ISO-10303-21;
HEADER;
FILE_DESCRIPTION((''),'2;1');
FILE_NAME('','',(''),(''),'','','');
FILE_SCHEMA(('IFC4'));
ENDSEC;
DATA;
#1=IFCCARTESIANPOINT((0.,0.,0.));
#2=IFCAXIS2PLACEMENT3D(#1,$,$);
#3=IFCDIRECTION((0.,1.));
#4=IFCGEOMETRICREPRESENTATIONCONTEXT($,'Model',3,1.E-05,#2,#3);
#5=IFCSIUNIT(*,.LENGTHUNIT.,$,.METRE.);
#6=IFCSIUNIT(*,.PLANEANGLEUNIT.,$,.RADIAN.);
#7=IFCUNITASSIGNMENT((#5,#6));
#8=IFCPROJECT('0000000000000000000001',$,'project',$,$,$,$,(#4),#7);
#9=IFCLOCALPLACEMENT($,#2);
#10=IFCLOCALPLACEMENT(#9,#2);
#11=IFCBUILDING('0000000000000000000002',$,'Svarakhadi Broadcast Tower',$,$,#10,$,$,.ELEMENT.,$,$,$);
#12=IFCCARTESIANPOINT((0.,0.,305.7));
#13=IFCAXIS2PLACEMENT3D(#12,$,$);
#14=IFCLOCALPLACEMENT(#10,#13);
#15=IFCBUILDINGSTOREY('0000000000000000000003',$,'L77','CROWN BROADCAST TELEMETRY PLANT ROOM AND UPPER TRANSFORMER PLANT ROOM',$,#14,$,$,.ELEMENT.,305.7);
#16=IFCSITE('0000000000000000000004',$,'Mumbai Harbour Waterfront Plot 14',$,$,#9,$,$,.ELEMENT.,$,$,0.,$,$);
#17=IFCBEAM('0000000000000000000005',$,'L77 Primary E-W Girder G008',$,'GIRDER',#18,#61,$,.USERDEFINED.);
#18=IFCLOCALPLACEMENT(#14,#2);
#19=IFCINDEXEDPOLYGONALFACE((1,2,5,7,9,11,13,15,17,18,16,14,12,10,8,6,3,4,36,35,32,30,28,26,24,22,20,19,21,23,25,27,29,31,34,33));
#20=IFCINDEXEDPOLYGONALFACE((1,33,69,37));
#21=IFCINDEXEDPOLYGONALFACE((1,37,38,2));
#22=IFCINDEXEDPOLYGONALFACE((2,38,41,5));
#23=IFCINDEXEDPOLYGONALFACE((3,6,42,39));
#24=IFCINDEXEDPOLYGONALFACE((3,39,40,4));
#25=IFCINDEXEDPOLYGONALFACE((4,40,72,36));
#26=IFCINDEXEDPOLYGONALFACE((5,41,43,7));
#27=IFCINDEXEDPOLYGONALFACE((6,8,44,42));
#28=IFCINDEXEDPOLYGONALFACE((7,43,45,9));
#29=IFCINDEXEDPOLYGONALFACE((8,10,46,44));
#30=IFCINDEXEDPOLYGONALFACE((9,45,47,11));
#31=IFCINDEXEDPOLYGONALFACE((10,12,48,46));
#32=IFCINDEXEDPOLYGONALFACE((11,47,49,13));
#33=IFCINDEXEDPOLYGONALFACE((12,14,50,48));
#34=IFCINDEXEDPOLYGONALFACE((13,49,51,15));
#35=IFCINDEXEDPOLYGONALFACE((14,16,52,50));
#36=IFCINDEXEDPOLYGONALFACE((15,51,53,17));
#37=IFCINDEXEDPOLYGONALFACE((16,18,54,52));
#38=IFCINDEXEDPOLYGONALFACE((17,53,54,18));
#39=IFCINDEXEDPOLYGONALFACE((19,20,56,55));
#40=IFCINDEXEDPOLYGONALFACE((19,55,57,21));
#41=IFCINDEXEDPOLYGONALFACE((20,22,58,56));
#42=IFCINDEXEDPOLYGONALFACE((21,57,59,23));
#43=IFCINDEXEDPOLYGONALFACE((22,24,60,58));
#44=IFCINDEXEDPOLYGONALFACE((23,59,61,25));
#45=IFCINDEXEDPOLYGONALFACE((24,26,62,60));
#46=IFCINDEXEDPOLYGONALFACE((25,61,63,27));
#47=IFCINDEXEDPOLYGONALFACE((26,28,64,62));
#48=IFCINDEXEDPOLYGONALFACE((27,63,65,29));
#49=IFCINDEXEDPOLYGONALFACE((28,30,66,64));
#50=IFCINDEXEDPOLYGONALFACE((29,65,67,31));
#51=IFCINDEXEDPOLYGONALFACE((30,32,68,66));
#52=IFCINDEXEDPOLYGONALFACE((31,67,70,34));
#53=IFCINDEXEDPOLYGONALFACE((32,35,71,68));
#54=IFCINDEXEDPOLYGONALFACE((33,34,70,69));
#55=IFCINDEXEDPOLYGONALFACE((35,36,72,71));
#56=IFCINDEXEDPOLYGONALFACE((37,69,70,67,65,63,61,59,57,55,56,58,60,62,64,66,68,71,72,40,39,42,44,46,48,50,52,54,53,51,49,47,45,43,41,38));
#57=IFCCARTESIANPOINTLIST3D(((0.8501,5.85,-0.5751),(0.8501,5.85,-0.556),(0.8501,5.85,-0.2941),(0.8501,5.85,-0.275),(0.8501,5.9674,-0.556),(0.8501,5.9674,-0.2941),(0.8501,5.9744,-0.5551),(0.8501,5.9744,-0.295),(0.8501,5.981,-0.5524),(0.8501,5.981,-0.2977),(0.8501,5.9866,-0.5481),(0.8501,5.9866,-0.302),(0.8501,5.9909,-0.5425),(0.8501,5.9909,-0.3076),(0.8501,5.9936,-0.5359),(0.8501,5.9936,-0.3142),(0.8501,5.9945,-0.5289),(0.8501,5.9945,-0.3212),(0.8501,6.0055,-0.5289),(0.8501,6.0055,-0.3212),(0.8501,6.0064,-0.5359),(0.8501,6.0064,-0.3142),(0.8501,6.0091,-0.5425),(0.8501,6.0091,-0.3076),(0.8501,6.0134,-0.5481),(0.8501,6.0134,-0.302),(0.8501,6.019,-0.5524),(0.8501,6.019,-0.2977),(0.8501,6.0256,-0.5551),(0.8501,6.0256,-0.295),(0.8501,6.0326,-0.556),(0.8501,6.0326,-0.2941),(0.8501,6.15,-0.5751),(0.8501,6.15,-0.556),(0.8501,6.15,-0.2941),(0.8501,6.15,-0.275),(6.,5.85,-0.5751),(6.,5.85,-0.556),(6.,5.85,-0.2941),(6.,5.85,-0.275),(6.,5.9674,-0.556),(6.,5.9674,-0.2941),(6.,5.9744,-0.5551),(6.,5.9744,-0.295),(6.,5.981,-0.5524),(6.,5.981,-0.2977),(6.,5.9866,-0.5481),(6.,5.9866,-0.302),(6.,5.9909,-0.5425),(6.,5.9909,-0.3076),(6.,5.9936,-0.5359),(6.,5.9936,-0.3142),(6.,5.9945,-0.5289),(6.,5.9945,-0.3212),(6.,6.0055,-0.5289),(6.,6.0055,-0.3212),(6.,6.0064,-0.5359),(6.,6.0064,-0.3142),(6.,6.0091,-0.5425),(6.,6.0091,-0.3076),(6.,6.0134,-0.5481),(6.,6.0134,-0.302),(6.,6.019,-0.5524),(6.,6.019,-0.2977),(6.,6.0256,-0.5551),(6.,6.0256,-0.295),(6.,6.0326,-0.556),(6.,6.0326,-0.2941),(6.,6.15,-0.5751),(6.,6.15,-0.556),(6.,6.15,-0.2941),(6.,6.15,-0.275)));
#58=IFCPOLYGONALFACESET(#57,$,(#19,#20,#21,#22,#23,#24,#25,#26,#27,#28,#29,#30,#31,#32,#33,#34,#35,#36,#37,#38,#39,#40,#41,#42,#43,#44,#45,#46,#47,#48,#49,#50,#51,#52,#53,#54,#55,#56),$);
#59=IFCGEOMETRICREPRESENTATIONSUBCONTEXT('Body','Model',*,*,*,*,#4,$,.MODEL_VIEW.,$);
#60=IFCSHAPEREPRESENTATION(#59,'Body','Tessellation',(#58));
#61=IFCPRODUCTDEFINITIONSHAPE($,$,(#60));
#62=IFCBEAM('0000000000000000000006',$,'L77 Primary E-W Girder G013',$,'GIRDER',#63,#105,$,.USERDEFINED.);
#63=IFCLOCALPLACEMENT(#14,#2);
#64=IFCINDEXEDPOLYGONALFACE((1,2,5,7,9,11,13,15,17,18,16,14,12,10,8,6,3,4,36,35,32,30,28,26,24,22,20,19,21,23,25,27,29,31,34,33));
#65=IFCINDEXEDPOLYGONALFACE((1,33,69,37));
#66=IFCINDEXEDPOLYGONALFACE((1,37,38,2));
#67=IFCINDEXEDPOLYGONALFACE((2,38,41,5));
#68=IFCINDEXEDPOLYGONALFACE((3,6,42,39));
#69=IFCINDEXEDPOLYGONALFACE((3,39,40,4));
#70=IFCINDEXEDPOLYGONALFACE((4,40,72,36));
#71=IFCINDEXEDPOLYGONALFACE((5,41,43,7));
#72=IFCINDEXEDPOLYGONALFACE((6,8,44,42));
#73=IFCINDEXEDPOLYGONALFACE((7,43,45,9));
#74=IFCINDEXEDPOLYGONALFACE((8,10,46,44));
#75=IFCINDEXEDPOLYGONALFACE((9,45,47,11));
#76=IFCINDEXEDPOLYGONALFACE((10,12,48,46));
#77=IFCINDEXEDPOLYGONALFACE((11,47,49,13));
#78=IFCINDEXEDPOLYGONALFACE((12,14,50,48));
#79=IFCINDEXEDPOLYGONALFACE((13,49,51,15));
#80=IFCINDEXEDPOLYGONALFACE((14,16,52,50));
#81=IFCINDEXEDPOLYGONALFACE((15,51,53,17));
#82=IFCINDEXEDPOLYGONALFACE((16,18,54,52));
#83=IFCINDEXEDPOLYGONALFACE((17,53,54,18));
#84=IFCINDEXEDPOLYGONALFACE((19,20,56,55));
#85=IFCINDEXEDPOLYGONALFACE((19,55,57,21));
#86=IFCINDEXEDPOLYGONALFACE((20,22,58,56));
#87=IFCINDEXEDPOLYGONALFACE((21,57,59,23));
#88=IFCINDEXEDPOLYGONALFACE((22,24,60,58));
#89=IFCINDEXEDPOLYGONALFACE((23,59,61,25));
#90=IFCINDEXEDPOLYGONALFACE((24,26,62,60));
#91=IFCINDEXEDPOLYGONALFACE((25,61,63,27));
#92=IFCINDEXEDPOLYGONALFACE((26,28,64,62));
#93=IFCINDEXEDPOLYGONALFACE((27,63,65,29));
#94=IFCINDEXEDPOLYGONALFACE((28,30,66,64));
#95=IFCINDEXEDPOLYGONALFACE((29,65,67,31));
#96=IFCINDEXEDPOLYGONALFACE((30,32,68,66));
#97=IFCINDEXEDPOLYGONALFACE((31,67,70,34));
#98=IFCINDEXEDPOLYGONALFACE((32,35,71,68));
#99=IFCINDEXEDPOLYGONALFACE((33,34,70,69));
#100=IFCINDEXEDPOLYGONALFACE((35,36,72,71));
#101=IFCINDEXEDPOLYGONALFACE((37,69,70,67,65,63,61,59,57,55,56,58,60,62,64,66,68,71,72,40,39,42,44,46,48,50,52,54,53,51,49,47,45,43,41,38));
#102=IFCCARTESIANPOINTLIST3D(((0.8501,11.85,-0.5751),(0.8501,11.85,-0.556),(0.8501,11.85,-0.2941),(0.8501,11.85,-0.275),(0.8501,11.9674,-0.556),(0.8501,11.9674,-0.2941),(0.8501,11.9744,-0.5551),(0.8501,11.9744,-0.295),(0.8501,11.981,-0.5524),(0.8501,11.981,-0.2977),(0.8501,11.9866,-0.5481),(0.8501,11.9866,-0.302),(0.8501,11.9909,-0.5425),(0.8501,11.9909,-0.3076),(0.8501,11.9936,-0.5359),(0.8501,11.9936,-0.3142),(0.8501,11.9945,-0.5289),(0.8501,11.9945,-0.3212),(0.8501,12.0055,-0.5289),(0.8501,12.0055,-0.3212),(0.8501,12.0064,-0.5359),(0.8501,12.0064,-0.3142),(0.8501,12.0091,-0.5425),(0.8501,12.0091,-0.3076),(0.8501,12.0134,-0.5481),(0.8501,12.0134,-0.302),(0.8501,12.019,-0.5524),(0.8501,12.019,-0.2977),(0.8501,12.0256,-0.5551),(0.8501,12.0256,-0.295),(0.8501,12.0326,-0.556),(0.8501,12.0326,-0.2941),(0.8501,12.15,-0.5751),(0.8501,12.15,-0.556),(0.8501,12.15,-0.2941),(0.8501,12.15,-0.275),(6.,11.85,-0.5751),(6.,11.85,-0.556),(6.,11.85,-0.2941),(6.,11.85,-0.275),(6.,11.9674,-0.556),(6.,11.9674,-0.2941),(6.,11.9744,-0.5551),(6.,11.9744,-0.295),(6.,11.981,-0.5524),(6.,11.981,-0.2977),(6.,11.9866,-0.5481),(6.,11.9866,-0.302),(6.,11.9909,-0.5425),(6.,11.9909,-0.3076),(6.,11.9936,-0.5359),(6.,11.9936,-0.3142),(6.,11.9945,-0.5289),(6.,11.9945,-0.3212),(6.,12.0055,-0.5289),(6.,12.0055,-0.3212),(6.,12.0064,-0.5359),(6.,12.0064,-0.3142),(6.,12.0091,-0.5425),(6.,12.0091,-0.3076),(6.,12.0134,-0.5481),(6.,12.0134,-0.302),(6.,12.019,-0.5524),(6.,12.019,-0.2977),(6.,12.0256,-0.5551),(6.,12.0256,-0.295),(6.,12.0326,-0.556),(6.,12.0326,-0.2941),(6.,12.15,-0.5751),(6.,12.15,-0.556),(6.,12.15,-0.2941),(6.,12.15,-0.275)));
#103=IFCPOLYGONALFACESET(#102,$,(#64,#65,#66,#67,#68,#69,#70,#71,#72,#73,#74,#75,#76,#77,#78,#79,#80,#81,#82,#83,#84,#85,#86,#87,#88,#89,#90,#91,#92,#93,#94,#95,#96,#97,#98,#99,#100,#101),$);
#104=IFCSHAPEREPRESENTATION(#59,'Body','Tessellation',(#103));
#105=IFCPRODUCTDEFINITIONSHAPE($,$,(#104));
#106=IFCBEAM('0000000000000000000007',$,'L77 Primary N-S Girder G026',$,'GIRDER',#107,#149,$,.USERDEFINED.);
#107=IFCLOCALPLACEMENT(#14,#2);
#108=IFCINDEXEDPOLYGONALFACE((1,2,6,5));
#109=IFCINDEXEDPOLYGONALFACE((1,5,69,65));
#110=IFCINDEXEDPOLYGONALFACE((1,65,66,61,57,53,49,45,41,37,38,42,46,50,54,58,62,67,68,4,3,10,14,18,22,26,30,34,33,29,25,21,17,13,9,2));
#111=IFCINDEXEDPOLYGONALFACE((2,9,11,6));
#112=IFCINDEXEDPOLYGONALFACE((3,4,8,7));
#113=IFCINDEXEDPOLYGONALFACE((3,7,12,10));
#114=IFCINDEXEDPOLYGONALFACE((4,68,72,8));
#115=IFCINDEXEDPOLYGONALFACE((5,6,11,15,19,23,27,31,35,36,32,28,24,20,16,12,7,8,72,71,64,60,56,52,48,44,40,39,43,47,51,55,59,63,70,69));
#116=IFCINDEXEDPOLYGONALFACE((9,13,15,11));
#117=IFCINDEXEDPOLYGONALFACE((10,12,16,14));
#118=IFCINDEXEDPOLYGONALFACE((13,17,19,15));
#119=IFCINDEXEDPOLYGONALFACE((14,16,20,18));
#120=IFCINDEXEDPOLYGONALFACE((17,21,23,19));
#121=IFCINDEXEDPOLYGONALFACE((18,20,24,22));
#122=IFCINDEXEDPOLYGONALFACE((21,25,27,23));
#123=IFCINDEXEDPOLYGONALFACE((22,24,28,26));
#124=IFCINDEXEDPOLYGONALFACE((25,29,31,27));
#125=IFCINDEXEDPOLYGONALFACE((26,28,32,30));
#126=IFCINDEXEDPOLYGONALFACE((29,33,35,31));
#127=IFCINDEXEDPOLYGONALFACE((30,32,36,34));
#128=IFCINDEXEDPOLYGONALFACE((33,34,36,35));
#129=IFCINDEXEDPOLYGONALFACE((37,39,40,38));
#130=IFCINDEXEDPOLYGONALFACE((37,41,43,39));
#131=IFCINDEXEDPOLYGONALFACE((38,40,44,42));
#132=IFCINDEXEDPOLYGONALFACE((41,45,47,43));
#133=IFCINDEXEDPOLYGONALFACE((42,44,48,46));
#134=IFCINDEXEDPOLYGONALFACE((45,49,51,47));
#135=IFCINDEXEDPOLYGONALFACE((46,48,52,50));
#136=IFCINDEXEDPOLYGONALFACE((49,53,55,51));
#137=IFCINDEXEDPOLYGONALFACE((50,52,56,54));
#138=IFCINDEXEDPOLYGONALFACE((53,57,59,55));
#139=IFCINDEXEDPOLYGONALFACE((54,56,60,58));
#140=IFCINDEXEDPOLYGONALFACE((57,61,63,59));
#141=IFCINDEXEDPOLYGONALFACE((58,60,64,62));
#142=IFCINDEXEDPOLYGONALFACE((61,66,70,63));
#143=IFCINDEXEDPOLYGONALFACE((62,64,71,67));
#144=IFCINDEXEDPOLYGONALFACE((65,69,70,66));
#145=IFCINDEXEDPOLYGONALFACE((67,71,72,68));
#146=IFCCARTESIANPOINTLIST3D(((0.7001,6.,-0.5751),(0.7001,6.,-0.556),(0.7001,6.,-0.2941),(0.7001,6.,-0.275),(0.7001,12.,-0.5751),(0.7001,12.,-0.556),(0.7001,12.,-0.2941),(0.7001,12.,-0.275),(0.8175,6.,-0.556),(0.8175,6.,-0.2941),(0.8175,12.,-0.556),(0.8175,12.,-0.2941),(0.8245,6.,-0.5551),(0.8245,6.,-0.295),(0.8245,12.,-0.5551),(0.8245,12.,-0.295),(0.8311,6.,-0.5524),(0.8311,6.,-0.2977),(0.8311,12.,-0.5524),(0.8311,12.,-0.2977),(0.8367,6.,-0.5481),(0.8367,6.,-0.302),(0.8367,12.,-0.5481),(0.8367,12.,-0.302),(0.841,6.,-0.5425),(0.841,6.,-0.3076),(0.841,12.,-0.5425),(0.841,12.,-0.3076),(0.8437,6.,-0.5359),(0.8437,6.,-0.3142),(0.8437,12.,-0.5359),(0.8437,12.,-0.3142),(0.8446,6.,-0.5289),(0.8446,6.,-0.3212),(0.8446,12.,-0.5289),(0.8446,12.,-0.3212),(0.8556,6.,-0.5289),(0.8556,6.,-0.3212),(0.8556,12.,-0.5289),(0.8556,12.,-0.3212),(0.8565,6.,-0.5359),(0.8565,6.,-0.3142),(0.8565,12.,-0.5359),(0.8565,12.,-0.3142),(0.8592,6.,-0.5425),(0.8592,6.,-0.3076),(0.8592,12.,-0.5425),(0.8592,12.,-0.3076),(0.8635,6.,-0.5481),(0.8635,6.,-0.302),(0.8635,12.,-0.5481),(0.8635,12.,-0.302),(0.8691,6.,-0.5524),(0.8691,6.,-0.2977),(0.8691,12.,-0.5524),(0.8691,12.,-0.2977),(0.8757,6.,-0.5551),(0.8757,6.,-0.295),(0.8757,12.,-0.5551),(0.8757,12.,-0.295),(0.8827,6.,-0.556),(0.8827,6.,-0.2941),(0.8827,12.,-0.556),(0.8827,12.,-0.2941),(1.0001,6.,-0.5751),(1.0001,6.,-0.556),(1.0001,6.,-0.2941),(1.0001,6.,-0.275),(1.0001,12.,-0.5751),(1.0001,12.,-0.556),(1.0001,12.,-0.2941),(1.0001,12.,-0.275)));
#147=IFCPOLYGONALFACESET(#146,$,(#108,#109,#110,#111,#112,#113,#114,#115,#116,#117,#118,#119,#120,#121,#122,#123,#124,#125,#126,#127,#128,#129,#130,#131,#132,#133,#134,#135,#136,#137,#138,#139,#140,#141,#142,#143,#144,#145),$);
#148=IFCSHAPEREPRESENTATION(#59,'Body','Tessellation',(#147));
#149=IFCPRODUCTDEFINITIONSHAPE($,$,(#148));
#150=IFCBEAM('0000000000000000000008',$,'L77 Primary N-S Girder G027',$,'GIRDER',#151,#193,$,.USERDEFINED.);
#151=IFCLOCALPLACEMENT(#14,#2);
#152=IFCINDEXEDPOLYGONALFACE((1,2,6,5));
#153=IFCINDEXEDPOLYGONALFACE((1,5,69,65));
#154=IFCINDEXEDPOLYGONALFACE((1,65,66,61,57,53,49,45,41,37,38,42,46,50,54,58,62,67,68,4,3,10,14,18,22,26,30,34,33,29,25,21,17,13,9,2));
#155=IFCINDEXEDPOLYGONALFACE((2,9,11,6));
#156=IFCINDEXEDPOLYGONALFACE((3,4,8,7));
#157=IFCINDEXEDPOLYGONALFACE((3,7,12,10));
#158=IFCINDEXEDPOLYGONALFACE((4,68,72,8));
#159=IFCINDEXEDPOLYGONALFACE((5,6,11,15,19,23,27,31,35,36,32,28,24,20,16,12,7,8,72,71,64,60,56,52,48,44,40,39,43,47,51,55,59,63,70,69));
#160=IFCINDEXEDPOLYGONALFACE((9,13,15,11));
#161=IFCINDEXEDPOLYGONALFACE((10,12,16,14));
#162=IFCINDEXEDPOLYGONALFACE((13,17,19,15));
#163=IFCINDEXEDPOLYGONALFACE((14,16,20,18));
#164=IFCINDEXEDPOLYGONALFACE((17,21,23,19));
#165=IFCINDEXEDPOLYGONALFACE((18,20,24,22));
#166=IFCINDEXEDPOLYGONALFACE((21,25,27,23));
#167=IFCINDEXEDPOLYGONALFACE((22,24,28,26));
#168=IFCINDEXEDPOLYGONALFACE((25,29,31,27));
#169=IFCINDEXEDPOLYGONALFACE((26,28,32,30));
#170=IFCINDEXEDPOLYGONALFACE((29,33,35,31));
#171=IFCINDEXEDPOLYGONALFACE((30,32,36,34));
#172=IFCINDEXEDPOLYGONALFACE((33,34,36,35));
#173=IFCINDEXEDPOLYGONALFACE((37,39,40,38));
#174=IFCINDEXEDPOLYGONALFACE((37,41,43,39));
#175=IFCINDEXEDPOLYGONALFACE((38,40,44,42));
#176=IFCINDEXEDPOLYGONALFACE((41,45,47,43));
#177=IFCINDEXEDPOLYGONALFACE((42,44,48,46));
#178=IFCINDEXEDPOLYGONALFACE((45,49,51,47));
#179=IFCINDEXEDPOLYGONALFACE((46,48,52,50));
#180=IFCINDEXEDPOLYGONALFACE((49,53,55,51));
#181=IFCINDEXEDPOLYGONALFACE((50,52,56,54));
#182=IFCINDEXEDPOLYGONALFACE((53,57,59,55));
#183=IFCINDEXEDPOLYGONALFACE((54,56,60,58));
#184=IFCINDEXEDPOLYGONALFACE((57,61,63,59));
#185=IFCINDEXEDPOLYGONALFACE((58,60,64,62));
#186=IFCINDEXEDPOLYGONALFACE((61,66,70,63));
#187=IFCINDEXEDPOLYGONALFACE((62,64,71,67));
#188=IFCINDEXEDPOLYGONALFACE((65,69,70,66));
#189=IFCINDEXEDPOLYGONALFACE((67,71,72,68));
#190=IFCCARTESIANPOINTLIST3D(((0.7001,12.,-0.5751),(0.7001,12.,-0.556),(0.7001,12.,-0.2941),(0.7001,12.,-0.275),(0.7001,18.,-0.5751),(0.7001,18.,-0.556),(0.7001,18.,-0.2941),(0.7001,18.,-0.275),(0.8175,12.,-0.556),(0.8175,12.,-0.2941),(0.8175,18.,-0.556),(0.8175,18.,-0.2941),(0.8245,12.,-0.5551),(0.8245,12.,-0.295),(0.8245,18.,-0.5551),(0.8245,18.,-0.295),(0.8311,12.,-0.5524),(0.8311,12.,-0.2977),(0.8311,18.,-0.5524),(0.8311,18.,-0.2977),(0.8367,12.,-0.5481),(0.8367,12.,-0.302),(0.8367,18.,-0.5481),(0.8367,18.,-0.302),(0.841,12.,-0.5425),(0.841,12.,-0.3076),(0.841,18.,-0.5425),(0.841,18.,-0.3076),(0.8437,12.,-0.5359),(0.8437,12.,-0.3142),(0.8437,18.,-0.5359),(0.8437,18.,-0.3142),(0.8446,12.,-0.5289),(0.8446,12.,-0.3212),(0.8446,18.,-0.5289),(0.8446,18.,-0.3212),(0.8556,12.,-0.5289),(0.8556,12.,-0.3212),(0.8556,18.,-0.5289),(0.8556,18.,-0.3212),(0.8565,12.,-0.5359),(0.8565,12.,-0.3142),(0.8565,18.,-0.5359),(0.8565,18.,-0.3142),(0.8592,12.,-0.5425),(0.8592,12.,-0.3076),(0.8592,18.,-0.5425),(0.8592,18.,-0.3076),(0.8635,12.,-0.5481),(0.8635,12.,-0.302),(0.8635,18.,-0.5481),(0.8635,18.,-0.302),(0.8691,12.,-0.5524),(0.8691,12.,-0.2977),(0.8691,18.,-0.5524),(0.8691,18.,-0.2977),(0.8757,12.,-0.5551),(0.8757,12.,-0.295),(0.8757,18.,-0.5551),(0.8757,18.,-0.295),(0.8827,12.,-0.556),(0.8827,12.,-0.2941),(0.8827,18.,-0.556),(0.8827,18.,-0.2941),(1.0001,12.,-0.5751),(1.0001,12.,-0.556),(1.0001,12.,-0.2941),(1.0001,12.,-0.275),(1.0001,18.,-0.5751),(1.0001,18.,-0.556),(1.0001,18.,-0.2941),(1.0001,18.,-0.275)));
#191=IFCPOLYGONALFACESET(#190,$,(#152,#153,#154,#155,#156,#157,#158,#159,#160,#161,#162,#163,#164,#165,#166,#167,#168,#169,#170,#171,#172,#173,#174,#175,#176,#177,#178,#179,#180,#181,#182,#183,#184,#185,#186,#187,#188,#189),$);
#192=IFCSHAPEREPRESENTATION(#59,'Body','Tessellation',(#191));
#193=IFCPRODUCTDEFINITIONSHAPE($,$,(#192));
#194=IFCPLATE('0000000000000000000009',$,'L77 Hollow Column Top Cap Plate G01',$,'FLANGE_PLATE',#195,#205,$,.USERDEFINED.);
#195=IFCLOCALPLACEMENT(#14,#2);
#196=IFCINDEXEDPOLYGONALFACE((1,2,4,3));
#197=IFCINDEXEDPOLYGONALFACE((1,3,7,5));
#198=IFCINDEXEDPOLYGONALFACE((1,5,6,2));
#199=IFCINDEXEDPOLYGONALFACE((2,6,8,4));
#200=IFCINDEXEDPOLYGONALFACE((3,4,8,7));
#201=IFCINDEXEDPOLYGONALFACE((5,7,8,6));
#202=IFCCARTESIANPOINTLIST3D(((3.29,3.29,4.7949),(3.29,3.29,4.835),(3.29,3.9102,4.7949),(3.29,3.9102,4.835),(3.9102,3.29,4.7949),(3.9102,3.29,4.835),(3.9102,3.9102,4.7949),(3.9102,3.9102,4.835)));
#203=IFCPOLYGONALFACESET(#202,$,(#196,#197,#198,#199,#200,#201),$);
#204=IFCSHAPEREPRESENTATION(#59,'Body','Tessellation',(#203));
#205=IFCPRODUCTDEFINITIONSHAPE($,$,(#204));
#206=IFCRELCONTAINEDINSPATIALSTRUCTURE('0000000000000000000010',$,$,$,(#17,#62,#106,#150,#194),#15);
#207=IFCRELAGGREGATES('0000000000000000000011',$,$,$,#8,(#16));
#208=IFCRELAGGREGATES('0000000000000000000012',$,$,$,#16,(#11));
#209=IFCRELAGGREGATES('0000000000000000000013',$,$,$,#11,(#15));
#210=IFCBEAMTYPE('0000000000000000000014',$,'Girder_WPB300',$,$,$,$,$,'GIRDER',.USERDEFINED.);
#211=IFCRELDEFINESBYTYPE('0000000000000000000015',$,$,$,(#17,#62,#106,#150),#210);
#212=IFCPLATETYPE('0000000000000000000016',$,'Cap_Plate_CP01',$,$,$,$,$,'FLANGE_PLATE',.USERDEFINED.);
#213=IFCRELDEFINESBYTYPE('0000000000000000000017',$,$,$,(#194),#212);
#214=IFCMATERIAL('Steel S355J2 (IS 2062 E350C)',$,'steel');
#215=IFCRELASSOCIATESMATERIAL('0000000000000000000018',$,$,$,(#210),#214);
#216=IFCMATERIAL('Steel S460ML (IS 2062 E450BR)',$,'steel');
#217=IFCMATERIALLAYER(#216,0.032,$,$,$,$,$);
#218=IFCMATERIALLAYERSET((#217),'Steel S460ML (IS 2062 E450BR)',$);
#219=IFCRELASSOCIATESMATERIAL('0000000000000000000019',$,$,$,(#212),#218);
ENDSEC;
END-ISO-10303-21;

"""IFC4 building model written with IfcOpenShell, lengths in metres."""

from ifc_helpers import new_model, si_unit, direction, frame, origin, origin_2d, place, context, subcontext, project, spatial, rectangle, i_section, extrude, material, layer, layer_set, material_profile, profile_set, type_object, element, save


model = new_model("IFC4")

# Units and contexts
model_context = context("Model", 3, precision=1e-05, world=origin(), true_north=direction((0.0, 1.0)))
body_context = subcontext(model_context, "Body", "Model", "MODEL_VIEW")
ifc_project = project(units=[si_unit("LENGTHUNIT", "METRE"), si_unit("PLANEANGLEUNIT", "RADIAN")], contexts=[model_context])

# Site, building, storey
site_placement = place(None, origin())
site = spatial("IfcSite", under=ifc_project, at=site_placement, Name="Mumbai Harbour Waterfront Plot 14", CompositionType="ELEMENT", RefElevation=0.0)
building_placement = place(site_placement, origin())
building = spatial("IfcBuilding", under=site, at=building_placement, Name="Svarakhadi Broadcast Tower", CompositionType="ELEMENT")
storey_placement = place(building_placement, frame((0.0, 0.0, 305.7)))
storey = spatial("IfcBuildingStorey", under=building, at=storey_placement, Name="L77", Description="CROWN BROADCAST TELEMETRY PLANT ROOM AND UPPER TRANSFORMER PLANT ROOM", CompositionType="ELEMENT", Elevation=305.7)

# Shared definitions
ifc_material_1 = material(Name="Steel S460ML (IS 2062 E450BR)", Category="steel")

# Shared definitions
ifc_material_2 = material(Name="Steel S355J2 (IS 2062 E350C)", Category="steel")

# Beams
ifc_material_profile_1 = material_profile(ifc_material_2, i_section(OverallWidth=0.3, OverallDepth=0.3, WebThickness=0.011, FlangeThickness=0.019, FilletRadius=0.0271, at=origin_2d()), Name="WPB 300x300x117")
ifc_profile_set_1 = profile_set([ifc_material_profile_1], Name="Steel S355J2 (IS 2062 E350C)")
beam_type_1 = type_object("IfcBeamType", Name="Girder_WPB300", ElementType="GIRDER", PredefinedType="USERDEFINED", material=ifc_profile_set_1)
for number, where, z_axis, x_axis, name in (
    (1, (0.8501, 6.0, -0.425), (1.0, 0.0, 0.0), (0.0, 1.0, 0.0), "L77 Primary E-W Girder G008"),
    (2, (0.8501, 12.0, -0.425), (1.0, 0.0, 0.0), (0.0, 1.0, 0.0), "L77 Primary E-W Girder G013"),
):
    element("IfcBeam", number, at=place(storey_placement, frame(where, z_axis=z_axis, x_axis=x_axis)), inside=storey, type_object=beam_type_1, Name=name, ObjectType="GIRDER", PredefinedType="USERDEFINED", context=body_context, shape_type="SweptSolid", body=[
        extrude(i_section(OverallWidth=0.3, OverallDepth=0.3, WebThickness=0.011, FlangeThickness=0.019, FilletRadius=0.0271, at=origin_2d()), origin(), (0.0, 0.0, 1.0), 5.1499),
    ])
for number, where, z_axis, x_axis, name in (
    (3, (0.8501, 6.0, -0.425), (0.0, 1.0, 0.0), (-1.0, 0.0, 0.0), "L77 Primary N-S Girder G026"),
    (4, (0.8501, 12.0, -0.425), (0.0, 1.0, 0.0), (-1.0, 0.0, 0.0), "L77 Primary N-S Girder G027"),
):
    element("IfcBeam", number, at=place(storey_placement, frame(where, z_axis=z_axis, x_axis=x_axis)), inside=storey, type_object=beam_type_1, Name=name, ObjectType="GIRDER", PredefinedType="USERDEFINED", context=body_context, shape_type="SweptSolid", body=[
        extrude(i_section(OverallWidth=0.3, OverallDepth=0.3, WebThickness=0.011, FlangeThickness=0.019, FilletRadius=0.0271, at=origin_2d()), origin(), (0.0, 0.0, 1.0), 6.0),
    ])

# Plate
ifc_layer_1 = layer(ifc_material_1, 0.032)
ifc_layer_set_1 = layer_set([ifc_layer_1], Name="Steel S460ML (IS 2062 E450BR)")
plate_type_1 = type_object("IfcPlateType", Name="Cap_Plate_CP01", ElementType="FLANGE_PLATE", PredefinedType="USERDEFINED", material=ifc_layer_set_1)
for number, where, z_axis, x_axis, name in (
    (5, (3.6001, 3.6001, 4.7949), (0.0, 0.0, 1.0), (1.0, 0.0, 0.0), "L77 Hollow Column Top Cap Plate G01"),
):
    element("IfcPlate", number, at=place(storey_placement, frame(where, z_axis=z_axis, x_axis=x_axis)), inside=storey, type_object=plate_type_1, Name=name, ObjectType="FLANGE_PLATE", PredefinedType="USERDEFINED", context=body_context, shape_type="SweptSolid", body=[
        extrude(rectangle(XDim=0.6201, YDim=0.6201, at=origin_2d()), origin(), (0.0, 0.0, 1.0), 0.04),
    ])

save(model, "model.ifc")
